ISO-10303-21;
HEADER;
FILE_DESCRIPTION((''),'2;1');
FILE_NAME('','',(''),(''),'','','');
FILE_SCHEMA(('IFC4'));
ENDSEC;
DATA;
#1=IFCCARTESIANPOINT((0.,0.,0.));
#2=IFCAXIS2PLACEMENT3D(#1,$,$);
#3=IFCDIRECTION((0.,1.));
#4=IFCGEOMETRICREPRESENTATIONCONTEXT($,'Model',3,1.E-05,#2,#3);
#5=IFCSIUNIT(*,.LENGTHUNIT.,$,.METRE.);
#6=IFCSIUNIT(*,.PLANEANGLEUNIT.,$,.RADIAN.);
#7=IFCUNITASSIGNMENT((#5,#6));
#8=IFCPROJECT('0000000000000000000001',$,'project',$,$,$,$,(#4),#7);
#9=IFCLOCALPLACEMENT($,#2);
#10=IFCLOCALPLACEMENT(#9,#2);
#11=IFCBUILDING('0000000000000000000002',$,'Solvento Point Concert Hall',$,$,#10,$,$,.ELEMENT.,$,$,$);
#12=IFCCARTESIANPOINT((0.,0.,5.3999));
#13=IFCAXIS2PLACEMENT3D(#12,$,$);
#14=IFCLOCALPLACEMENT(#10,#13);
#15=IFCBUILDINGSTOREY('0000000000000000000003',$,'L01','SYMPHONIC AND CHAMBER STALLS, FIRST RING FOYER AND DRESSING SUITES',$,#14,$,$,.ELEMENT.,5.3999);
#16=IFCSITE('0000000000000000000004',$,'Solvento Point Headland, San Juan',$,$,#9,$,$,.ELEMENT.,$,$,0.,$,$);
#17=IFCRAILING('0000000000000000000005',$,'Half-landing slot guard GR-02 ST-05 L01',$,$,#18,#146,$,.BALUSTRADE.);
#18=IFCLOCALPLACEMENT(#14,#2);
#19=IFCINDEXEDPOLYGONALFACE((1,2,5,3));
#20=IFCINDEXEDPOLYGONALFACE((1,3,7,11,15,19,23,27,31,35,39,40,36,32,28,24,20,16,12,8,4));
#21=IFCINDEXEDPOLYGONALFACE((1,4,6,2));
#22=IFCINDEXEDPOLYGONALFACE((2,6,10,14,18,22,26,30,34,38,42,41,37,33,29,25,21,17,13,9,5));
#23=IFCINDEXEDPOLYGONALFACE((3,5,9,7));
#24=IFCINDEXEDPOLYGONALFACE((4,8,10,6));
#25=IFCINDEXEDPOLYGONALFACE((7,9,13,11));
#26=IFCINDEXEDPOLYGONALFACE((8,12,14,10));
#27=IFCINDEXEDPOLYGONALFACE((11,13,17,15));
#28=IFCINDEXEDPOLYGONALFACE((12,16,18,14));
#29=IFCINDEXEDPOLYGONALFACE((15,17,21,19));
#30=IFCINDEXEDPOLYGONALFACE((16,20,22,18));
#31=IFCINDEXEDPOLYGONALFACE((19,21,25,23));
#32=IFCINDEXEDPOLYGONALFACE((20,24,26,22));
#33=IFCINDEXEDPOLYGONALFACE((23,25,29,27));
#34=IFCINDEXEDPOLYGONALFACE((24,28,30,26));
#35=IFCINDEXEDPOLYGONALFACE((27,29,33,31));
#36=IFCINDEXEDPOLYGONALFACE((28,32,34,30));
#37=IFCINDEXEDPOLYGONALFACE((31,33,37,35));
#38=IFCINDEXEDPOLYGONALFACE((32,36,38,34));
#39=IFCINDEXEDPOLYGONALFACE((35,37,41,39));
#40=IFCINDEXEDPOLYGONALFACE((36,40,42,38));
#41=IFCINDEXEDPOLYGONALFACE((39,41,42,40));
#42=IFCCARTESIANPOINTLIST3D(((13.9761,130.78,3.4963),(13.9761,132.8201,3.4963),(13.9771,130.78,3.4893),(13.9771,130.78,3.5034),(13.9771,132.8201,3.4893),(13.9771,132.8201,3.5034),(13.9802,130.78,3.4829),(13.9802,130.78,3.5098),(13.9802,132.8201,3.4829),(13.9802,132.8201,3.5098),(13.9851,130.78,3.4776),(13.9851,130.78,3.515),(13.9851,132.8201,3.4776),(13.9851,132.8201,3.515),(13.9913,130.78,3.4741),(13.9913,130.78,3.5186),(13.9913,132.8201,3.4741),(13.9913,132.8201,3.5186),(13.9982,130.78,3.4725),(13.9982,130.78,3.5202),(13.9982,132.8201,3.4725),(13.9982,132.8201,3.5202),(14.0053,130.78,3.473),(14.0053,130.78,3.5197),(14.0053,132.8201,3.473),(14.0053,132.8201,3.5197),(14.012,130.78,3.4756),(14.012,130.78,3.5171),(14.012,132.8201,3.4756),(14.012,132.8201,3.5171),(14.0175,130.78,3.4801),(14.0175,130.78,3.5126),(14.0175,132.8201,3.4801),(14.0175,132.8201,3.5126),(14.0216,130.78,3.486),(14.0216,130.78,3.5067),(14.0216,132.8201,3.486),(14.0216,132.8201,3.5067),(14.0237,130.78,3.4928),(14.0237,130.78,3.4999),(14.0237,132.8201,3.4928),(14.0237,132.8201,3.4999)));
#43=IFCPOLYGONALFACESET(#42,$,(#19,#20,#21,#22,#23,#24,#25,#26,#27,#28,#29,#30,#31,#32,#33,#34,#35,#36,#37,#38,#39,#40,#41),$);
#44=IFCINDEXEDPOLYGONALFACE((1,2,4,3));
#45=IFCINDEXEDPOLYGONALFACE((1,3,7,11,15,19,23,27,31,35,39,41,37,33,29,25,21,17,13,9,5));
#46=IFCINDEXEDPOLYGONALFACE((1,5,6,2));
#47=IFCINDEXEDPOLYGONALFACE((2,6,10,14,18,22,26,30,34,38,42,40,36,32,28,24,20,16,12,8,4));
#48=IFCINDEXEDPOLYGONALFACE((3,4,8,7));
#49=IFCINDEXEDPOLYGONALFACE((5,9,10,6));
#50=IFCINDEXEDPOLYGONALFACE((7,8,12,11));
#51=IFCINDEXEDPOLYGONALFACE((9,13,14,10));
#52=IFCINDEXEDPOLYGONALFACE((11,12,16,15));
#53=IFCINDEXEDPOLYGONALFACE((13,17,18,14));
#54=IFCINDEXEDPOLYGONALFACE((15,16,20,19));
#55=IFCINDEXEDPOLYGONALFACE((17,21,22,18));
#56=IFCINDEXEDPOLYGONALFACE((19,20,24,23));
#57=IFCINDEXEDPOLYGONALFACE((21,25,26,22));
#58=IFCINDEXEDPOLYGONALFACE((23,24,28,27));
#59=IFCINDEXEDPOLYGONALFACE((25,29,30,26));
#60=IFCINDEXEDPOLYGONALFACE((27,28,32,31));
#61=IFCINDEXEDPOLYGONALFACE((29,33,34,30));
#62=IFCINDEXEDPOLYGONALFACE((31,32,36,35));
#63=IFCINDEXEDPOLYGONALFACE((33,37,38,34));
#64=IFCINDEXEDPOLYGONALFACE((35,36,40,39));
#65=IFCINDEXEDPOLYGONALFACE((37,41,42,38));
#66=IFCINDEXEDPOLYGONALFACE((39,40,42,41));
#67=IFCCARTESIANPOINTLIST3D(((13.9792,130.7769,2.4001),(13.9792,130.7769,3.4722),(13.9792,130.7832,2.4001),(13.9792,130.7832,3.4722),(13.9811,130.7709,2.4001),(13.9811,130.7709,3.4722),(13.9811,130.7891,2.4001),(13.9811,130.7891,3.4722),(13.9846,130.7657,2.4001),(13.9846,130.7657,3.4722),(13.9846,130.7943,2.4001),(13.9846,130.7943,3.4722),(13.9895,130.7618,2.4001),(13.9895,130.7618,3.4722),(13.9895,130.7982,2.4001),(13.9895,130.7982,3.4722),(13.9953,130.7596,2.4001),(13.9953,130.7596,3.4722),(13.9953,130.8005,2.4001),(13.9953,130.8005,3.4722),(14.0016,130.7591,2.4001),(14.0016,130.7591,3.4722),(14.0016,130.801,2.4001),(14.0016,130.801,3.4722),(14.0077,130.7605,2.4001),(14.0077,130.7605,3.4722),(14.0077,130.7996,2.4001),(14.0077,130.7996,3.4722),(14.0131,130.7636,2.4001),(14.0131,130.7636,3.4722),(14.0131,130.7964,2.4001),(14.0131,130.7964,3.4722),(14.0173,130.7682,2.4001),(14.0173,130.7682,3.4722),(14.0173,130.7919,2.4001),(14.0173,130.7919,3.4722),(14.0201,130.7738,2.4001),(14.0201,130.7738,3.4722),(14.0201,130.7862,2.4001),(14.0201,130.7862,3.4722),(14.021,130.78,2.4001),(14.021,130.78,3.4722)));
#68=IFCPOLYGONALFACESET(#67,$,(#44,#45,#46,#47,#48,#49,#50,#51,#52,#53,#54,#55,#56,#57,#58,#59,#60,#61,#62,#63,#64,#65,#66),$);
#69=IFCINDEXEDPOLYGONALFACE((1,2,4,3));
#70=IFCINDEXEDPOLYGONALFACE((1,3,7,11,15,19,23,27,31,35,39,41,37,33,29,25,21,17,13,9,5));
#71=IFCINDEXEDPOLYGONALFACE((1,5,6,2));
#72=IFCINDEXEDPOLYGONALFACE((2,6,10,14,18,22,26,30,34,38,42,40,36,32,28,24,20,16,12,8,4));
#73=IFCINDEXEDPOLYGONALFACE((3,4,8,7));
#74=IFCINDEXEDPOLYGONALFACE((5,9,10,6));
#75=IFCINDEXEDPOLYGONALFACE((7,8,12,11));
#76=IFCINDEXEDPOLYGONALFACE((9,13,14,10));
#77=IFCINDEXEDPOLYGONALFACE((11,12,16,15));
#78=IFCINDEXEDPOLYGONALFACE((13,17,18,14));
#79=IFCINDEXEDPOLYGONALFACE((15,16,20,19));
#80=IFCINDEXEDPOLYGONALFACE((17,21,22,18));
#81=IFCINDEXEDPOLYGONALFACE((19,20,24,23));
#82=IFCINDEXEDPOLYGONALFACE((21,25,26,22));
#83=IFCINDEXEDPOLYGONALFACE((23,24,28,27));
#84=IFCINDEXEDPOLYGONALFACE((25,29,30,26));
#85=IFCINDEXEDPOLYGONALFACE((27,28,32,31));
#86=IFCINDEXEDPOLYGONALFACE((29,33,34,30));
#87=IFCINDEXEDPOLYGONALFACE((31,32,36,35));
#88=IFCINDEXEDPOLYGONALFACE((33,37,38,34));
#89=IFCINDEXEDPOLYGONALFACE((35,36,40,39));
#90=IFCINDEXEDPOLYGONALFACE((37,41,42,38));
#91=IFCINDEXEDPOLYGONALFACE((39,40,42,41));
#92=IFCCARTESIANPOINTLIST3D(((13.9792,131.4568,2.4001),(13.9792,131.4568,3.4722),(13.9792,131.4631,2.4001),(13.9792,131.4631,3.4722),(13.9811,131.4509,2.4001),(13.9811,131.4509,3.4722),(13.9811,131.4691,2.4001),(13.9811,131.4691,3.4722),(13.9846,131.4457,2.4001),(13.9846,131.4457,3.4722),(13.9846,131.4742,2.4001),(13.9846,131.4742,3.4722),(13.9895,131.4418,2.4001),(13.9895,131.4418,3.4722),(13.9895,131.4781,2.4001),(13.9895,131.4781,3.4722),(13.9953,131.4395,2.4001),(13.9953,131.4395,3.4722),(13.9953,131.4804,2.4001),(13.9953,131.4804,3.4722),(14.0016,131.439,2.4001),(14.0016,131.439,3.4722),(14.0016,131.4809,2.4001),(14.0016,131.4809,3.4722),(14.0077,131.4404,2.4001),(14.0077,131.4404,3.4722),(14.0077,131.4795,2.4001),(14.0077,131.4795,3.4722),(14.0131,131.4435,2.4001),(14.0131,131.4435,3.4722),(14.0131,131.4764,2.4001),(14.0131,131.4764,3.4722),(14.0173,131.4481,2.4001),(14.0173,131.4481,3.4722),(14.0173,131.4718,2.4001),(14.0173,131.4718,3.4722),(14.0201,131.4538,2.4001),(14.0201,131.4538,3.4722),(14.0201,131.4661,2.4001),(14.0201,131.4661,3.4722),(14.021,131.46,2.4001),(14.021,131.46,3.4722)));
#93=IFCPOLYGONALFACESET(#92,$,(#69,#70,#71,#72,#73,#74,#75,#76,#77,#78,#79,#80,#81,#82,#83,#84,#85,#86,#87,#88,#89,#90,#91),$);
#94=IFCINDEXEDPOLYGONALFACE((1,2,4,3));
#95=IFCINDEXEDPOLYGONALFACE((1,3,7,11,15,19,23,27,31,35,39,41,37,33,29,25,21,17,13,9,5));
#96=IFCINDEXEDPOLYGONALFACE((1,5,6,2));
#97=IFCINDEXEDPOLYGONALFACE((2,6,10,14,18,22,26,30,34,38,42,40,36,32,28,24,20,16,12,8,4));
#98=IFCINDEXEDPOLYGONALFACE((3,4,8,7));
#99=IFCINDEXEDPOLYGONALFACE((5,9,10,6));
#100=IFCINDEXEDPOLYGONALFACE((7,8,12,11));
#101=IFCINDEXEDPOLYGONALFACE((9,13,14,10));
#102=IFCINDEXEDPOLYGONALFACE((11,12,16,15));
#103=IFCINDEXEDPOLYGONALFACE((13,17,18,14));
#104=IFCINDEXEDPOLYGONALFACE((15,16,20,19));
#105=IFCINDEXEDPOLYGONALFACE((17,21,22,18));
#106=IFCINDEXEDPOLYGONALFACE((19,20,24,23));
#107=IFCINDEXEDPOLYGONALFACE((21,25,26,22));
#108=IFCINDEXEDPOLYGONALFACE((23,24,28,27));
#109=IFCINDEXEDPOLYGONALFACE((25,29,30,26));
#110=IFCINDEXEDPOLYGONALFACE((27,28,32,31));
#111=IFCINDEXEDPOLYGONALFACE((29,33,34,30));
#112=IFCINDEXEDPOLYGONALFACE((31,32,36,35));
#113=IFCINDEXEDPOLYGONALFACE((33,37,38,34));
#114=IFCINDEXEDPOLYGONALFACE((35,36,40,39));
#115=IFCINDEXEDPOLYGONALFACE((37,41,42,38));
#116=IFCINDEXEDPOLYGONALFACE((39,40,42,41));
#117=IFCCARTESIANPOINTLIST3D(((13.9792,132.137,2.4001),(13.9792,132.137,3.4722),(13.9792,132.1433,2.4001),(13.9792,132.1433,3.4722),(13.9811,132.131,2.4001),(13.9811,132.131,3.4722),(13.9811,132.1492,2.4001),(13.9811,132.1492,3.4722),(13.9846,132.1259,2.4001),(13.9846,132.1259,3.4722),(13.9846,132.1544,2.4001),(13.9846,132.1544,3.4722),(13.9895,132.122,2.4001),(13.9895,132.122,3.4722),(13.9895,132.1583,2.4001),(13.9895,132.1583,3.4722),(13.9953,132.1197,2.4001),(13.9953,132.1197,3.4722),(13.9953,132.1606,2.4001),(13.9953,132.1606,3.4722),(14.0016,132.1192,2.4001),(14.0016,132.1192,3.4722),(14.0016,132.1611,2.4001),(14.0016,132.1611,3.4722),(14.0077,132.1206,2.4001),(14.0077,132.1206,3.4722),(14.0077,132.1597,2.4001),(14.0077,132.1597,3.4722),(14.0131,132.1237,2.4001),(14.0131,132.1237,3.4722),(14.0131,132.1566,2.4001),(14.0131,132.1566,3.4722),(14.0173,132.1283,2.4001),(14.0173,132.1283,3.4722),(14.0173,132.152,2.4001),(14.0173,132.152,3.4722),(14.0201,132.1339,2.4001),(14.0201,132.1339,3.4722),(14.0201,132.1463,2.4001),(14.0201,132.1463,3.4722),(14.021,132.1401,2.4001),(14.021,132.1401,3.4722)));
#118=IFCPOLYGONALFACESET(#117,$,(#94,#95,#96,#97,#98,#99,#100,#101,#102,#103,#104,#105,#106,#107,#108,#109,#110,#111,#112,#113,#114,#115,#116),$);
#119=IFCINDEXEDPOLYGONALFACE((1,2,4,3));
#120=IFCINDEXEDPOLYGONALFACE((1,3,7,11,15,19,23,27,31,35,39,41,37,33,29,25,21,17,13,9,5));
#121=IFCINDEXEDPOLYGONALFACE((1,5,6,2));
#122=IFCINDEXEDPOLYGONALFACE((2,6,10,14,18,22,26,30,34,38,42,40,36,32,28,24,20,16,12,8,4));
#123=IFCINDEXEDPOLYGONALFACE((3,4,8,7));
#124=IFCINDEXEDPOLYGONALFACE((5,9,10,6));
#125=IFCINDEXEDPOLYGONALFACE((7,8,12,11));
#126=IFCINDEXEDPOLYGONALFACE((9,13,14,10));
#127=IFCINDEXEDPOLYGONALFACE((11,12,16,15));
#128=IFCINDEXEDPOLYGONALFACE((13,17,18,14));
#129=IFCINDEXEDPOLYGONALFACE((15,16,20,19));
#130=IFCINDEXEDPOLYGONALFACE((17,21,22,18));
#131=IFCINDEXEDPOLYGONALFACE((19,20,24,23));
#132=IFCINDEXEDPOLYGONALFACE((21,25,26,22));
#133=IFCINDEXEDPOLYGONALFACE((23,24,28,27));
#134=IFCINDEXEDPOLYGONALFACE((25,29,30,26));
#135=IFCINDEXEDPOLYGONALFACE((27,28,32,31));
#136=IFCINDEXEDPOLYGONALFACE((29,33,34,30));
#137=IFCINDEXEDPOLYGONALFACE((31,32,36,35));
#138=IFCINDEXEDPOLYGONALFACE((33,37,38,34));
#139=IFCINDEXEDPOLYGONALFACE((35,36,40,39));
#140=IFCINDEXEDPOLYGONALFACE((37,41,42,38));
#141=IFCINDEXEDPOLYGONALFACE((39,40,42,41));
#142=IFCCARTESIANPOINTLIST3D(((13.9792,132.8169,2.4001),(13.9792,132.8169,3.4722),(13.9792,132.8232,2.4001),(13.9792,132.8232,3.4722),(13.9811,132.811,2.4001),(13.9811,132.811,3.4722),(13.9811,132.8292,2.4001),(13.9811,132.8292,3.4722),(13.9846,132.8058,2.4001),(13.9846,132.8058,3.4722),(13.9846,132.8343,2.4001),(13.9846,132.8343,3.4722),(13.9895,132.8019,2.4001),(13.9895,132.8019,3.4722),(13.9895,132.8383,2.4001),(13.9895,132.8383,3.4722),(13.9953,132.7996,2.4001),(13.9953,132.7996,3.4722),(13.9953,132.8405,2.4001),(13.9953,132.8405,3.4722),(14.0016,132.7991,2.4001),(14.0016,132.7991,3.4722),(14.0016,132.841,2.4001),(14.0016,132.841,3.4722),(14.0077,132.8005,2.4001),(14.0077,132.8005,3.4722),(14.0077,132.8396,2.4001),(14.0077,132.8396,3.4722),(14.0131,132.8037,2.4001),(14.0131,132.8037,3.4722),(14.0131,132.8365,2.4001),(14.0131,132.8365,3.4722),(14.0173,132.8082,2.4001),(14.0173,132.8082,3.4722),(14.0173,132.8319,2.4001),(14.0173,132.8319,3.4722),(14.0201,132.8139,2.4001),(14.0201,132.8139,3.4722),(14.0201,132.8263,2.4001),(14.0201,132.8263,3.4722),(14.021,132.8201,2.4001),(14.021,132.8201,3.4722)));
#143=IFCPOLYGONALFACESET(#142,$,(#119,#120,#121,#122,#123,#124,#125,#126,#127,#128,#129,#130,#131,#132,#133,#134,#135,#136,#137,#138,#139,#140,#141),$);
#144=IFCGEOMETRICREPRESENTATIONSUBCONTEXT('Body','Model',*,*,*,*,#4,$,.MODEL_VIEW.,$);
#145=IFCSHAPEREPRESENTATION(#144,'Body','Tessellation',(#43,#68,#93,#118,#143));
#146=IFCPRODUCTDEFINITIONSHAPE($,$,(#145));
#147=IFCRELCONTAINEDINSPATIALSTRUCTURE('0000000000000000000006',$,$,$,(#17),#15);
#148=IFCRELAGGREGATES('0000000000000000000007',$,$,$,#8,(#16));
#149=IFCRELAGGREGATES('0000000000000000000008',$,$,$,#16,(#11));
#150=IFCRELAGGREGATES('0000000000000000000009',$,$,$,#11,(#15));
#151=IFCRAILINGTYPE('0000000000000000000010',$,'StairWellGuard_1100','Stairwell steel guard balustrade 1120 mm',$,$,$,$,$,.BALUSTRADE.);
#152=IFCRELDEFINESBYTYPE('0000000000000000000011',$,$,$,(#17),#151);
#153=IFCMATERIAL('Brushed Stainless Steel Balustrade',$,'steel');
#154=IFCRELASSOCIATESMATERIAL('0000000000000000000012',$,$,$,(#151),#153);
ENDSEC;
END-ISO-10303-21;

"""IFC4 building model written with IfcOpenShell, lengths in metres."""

from ifc_helpers import new_model, si_unit, direction, frame, origin, origin_2d, place, context, subcontext, project, spatial, circle, extrude, material, type_object, element, save


model = new_model("IFC4")

# Units and contexts
model_context = context("Model", 3, precision=1e-05, world=origin(), true_north=direction((0.0, 1.0)))
body_context = subcontext(model_context, "Body", "Model", "MODEL_VIEW")
ifc_project = project(units=[si_unit("LENGTHUNIT", "METRE"), si_unit("PLANEANGLEUNIT", "RADIAN")], contexts=[model_context])

# Site, building, storey
site_placement = place(None, origin())
site = spatial("IfcSite", under=ifc_project, at=site_placement, Name="Solvento Point Headland, San Juan", CompositionType="ELEMENT", RefElevation=0.0)
building_placement = place(site_placement, origin())
building = spatial("IfcBuilding", under=site, at=building_placement, Name="Solvento Point Concert Hall", CompositionType="ELEMENT")
storey_placement = place(building_placement, frame((0.0, 0.0, 5.3999)))
storey = spatial("IfcBuildingStorey", under=building, at=storey_placement, Name="L01", Description="SYMPHONIC AND CHAMBER STALLS, FIRST RING FOYER AND DRESSING SUITES", CompositionType="ELEMENT", Elevation=5.3999)

# Railing
ifc_material_1 = material(Name="Brushed Stainless Steel Balustrade", Category="steel")
railing_type_1 = type_object("IfcRailingType", Name="StairWellGuard_1100", Description="Stairwell steel guard balustrade 1120 mm", PredefinedType="BALUSTRADE", material=ifc_material_1)
railing_1_placement = place(storey_placement, frame((14.0, 130.78, 2.4001)))
element("IfcRailing", 1, at=railing_1_placement, inside=storey, type_object=railing_type_1, Name="Half-landing slot guard GR-02 ST-05 L01", PredefinedType="BALUSTRADE", context=body_context, shape_type="SweptSolid", body=[
    extrude(circle(Radius=0.0239, at=origin_2d()), frame((0.0, 0.0, 1.0962), z_axis=(0.0, 1.0, 0.0), x_axis=(-1.0, 0.0, 0.0)), (0.0, 0.0, 1.0), 2.04),
    extrude(circle(Radius=0.021, at=origin_2d()), origin(), (0.0, 0.0, 1.0), 1.072),
    extrude(circle(Radius=0.021, at=origin_2d()), frame((0.0, 0.6799, 0.0)), (0.0, 0.0, 1.0), 1.072),
    extrude(circle(Radius=0.021, at=origin_2d()), frame((0.0, 1.3601, 0.0)), (0.0, 0.0, 1.0), 1.072),
    extrude(circle(Radius=0.021, at=origin_2d()), frame((0.0, 2.04, 0.0)), (0.0, 0.0, 1.0), 1.072),
])

save(model, "model.ifc")
